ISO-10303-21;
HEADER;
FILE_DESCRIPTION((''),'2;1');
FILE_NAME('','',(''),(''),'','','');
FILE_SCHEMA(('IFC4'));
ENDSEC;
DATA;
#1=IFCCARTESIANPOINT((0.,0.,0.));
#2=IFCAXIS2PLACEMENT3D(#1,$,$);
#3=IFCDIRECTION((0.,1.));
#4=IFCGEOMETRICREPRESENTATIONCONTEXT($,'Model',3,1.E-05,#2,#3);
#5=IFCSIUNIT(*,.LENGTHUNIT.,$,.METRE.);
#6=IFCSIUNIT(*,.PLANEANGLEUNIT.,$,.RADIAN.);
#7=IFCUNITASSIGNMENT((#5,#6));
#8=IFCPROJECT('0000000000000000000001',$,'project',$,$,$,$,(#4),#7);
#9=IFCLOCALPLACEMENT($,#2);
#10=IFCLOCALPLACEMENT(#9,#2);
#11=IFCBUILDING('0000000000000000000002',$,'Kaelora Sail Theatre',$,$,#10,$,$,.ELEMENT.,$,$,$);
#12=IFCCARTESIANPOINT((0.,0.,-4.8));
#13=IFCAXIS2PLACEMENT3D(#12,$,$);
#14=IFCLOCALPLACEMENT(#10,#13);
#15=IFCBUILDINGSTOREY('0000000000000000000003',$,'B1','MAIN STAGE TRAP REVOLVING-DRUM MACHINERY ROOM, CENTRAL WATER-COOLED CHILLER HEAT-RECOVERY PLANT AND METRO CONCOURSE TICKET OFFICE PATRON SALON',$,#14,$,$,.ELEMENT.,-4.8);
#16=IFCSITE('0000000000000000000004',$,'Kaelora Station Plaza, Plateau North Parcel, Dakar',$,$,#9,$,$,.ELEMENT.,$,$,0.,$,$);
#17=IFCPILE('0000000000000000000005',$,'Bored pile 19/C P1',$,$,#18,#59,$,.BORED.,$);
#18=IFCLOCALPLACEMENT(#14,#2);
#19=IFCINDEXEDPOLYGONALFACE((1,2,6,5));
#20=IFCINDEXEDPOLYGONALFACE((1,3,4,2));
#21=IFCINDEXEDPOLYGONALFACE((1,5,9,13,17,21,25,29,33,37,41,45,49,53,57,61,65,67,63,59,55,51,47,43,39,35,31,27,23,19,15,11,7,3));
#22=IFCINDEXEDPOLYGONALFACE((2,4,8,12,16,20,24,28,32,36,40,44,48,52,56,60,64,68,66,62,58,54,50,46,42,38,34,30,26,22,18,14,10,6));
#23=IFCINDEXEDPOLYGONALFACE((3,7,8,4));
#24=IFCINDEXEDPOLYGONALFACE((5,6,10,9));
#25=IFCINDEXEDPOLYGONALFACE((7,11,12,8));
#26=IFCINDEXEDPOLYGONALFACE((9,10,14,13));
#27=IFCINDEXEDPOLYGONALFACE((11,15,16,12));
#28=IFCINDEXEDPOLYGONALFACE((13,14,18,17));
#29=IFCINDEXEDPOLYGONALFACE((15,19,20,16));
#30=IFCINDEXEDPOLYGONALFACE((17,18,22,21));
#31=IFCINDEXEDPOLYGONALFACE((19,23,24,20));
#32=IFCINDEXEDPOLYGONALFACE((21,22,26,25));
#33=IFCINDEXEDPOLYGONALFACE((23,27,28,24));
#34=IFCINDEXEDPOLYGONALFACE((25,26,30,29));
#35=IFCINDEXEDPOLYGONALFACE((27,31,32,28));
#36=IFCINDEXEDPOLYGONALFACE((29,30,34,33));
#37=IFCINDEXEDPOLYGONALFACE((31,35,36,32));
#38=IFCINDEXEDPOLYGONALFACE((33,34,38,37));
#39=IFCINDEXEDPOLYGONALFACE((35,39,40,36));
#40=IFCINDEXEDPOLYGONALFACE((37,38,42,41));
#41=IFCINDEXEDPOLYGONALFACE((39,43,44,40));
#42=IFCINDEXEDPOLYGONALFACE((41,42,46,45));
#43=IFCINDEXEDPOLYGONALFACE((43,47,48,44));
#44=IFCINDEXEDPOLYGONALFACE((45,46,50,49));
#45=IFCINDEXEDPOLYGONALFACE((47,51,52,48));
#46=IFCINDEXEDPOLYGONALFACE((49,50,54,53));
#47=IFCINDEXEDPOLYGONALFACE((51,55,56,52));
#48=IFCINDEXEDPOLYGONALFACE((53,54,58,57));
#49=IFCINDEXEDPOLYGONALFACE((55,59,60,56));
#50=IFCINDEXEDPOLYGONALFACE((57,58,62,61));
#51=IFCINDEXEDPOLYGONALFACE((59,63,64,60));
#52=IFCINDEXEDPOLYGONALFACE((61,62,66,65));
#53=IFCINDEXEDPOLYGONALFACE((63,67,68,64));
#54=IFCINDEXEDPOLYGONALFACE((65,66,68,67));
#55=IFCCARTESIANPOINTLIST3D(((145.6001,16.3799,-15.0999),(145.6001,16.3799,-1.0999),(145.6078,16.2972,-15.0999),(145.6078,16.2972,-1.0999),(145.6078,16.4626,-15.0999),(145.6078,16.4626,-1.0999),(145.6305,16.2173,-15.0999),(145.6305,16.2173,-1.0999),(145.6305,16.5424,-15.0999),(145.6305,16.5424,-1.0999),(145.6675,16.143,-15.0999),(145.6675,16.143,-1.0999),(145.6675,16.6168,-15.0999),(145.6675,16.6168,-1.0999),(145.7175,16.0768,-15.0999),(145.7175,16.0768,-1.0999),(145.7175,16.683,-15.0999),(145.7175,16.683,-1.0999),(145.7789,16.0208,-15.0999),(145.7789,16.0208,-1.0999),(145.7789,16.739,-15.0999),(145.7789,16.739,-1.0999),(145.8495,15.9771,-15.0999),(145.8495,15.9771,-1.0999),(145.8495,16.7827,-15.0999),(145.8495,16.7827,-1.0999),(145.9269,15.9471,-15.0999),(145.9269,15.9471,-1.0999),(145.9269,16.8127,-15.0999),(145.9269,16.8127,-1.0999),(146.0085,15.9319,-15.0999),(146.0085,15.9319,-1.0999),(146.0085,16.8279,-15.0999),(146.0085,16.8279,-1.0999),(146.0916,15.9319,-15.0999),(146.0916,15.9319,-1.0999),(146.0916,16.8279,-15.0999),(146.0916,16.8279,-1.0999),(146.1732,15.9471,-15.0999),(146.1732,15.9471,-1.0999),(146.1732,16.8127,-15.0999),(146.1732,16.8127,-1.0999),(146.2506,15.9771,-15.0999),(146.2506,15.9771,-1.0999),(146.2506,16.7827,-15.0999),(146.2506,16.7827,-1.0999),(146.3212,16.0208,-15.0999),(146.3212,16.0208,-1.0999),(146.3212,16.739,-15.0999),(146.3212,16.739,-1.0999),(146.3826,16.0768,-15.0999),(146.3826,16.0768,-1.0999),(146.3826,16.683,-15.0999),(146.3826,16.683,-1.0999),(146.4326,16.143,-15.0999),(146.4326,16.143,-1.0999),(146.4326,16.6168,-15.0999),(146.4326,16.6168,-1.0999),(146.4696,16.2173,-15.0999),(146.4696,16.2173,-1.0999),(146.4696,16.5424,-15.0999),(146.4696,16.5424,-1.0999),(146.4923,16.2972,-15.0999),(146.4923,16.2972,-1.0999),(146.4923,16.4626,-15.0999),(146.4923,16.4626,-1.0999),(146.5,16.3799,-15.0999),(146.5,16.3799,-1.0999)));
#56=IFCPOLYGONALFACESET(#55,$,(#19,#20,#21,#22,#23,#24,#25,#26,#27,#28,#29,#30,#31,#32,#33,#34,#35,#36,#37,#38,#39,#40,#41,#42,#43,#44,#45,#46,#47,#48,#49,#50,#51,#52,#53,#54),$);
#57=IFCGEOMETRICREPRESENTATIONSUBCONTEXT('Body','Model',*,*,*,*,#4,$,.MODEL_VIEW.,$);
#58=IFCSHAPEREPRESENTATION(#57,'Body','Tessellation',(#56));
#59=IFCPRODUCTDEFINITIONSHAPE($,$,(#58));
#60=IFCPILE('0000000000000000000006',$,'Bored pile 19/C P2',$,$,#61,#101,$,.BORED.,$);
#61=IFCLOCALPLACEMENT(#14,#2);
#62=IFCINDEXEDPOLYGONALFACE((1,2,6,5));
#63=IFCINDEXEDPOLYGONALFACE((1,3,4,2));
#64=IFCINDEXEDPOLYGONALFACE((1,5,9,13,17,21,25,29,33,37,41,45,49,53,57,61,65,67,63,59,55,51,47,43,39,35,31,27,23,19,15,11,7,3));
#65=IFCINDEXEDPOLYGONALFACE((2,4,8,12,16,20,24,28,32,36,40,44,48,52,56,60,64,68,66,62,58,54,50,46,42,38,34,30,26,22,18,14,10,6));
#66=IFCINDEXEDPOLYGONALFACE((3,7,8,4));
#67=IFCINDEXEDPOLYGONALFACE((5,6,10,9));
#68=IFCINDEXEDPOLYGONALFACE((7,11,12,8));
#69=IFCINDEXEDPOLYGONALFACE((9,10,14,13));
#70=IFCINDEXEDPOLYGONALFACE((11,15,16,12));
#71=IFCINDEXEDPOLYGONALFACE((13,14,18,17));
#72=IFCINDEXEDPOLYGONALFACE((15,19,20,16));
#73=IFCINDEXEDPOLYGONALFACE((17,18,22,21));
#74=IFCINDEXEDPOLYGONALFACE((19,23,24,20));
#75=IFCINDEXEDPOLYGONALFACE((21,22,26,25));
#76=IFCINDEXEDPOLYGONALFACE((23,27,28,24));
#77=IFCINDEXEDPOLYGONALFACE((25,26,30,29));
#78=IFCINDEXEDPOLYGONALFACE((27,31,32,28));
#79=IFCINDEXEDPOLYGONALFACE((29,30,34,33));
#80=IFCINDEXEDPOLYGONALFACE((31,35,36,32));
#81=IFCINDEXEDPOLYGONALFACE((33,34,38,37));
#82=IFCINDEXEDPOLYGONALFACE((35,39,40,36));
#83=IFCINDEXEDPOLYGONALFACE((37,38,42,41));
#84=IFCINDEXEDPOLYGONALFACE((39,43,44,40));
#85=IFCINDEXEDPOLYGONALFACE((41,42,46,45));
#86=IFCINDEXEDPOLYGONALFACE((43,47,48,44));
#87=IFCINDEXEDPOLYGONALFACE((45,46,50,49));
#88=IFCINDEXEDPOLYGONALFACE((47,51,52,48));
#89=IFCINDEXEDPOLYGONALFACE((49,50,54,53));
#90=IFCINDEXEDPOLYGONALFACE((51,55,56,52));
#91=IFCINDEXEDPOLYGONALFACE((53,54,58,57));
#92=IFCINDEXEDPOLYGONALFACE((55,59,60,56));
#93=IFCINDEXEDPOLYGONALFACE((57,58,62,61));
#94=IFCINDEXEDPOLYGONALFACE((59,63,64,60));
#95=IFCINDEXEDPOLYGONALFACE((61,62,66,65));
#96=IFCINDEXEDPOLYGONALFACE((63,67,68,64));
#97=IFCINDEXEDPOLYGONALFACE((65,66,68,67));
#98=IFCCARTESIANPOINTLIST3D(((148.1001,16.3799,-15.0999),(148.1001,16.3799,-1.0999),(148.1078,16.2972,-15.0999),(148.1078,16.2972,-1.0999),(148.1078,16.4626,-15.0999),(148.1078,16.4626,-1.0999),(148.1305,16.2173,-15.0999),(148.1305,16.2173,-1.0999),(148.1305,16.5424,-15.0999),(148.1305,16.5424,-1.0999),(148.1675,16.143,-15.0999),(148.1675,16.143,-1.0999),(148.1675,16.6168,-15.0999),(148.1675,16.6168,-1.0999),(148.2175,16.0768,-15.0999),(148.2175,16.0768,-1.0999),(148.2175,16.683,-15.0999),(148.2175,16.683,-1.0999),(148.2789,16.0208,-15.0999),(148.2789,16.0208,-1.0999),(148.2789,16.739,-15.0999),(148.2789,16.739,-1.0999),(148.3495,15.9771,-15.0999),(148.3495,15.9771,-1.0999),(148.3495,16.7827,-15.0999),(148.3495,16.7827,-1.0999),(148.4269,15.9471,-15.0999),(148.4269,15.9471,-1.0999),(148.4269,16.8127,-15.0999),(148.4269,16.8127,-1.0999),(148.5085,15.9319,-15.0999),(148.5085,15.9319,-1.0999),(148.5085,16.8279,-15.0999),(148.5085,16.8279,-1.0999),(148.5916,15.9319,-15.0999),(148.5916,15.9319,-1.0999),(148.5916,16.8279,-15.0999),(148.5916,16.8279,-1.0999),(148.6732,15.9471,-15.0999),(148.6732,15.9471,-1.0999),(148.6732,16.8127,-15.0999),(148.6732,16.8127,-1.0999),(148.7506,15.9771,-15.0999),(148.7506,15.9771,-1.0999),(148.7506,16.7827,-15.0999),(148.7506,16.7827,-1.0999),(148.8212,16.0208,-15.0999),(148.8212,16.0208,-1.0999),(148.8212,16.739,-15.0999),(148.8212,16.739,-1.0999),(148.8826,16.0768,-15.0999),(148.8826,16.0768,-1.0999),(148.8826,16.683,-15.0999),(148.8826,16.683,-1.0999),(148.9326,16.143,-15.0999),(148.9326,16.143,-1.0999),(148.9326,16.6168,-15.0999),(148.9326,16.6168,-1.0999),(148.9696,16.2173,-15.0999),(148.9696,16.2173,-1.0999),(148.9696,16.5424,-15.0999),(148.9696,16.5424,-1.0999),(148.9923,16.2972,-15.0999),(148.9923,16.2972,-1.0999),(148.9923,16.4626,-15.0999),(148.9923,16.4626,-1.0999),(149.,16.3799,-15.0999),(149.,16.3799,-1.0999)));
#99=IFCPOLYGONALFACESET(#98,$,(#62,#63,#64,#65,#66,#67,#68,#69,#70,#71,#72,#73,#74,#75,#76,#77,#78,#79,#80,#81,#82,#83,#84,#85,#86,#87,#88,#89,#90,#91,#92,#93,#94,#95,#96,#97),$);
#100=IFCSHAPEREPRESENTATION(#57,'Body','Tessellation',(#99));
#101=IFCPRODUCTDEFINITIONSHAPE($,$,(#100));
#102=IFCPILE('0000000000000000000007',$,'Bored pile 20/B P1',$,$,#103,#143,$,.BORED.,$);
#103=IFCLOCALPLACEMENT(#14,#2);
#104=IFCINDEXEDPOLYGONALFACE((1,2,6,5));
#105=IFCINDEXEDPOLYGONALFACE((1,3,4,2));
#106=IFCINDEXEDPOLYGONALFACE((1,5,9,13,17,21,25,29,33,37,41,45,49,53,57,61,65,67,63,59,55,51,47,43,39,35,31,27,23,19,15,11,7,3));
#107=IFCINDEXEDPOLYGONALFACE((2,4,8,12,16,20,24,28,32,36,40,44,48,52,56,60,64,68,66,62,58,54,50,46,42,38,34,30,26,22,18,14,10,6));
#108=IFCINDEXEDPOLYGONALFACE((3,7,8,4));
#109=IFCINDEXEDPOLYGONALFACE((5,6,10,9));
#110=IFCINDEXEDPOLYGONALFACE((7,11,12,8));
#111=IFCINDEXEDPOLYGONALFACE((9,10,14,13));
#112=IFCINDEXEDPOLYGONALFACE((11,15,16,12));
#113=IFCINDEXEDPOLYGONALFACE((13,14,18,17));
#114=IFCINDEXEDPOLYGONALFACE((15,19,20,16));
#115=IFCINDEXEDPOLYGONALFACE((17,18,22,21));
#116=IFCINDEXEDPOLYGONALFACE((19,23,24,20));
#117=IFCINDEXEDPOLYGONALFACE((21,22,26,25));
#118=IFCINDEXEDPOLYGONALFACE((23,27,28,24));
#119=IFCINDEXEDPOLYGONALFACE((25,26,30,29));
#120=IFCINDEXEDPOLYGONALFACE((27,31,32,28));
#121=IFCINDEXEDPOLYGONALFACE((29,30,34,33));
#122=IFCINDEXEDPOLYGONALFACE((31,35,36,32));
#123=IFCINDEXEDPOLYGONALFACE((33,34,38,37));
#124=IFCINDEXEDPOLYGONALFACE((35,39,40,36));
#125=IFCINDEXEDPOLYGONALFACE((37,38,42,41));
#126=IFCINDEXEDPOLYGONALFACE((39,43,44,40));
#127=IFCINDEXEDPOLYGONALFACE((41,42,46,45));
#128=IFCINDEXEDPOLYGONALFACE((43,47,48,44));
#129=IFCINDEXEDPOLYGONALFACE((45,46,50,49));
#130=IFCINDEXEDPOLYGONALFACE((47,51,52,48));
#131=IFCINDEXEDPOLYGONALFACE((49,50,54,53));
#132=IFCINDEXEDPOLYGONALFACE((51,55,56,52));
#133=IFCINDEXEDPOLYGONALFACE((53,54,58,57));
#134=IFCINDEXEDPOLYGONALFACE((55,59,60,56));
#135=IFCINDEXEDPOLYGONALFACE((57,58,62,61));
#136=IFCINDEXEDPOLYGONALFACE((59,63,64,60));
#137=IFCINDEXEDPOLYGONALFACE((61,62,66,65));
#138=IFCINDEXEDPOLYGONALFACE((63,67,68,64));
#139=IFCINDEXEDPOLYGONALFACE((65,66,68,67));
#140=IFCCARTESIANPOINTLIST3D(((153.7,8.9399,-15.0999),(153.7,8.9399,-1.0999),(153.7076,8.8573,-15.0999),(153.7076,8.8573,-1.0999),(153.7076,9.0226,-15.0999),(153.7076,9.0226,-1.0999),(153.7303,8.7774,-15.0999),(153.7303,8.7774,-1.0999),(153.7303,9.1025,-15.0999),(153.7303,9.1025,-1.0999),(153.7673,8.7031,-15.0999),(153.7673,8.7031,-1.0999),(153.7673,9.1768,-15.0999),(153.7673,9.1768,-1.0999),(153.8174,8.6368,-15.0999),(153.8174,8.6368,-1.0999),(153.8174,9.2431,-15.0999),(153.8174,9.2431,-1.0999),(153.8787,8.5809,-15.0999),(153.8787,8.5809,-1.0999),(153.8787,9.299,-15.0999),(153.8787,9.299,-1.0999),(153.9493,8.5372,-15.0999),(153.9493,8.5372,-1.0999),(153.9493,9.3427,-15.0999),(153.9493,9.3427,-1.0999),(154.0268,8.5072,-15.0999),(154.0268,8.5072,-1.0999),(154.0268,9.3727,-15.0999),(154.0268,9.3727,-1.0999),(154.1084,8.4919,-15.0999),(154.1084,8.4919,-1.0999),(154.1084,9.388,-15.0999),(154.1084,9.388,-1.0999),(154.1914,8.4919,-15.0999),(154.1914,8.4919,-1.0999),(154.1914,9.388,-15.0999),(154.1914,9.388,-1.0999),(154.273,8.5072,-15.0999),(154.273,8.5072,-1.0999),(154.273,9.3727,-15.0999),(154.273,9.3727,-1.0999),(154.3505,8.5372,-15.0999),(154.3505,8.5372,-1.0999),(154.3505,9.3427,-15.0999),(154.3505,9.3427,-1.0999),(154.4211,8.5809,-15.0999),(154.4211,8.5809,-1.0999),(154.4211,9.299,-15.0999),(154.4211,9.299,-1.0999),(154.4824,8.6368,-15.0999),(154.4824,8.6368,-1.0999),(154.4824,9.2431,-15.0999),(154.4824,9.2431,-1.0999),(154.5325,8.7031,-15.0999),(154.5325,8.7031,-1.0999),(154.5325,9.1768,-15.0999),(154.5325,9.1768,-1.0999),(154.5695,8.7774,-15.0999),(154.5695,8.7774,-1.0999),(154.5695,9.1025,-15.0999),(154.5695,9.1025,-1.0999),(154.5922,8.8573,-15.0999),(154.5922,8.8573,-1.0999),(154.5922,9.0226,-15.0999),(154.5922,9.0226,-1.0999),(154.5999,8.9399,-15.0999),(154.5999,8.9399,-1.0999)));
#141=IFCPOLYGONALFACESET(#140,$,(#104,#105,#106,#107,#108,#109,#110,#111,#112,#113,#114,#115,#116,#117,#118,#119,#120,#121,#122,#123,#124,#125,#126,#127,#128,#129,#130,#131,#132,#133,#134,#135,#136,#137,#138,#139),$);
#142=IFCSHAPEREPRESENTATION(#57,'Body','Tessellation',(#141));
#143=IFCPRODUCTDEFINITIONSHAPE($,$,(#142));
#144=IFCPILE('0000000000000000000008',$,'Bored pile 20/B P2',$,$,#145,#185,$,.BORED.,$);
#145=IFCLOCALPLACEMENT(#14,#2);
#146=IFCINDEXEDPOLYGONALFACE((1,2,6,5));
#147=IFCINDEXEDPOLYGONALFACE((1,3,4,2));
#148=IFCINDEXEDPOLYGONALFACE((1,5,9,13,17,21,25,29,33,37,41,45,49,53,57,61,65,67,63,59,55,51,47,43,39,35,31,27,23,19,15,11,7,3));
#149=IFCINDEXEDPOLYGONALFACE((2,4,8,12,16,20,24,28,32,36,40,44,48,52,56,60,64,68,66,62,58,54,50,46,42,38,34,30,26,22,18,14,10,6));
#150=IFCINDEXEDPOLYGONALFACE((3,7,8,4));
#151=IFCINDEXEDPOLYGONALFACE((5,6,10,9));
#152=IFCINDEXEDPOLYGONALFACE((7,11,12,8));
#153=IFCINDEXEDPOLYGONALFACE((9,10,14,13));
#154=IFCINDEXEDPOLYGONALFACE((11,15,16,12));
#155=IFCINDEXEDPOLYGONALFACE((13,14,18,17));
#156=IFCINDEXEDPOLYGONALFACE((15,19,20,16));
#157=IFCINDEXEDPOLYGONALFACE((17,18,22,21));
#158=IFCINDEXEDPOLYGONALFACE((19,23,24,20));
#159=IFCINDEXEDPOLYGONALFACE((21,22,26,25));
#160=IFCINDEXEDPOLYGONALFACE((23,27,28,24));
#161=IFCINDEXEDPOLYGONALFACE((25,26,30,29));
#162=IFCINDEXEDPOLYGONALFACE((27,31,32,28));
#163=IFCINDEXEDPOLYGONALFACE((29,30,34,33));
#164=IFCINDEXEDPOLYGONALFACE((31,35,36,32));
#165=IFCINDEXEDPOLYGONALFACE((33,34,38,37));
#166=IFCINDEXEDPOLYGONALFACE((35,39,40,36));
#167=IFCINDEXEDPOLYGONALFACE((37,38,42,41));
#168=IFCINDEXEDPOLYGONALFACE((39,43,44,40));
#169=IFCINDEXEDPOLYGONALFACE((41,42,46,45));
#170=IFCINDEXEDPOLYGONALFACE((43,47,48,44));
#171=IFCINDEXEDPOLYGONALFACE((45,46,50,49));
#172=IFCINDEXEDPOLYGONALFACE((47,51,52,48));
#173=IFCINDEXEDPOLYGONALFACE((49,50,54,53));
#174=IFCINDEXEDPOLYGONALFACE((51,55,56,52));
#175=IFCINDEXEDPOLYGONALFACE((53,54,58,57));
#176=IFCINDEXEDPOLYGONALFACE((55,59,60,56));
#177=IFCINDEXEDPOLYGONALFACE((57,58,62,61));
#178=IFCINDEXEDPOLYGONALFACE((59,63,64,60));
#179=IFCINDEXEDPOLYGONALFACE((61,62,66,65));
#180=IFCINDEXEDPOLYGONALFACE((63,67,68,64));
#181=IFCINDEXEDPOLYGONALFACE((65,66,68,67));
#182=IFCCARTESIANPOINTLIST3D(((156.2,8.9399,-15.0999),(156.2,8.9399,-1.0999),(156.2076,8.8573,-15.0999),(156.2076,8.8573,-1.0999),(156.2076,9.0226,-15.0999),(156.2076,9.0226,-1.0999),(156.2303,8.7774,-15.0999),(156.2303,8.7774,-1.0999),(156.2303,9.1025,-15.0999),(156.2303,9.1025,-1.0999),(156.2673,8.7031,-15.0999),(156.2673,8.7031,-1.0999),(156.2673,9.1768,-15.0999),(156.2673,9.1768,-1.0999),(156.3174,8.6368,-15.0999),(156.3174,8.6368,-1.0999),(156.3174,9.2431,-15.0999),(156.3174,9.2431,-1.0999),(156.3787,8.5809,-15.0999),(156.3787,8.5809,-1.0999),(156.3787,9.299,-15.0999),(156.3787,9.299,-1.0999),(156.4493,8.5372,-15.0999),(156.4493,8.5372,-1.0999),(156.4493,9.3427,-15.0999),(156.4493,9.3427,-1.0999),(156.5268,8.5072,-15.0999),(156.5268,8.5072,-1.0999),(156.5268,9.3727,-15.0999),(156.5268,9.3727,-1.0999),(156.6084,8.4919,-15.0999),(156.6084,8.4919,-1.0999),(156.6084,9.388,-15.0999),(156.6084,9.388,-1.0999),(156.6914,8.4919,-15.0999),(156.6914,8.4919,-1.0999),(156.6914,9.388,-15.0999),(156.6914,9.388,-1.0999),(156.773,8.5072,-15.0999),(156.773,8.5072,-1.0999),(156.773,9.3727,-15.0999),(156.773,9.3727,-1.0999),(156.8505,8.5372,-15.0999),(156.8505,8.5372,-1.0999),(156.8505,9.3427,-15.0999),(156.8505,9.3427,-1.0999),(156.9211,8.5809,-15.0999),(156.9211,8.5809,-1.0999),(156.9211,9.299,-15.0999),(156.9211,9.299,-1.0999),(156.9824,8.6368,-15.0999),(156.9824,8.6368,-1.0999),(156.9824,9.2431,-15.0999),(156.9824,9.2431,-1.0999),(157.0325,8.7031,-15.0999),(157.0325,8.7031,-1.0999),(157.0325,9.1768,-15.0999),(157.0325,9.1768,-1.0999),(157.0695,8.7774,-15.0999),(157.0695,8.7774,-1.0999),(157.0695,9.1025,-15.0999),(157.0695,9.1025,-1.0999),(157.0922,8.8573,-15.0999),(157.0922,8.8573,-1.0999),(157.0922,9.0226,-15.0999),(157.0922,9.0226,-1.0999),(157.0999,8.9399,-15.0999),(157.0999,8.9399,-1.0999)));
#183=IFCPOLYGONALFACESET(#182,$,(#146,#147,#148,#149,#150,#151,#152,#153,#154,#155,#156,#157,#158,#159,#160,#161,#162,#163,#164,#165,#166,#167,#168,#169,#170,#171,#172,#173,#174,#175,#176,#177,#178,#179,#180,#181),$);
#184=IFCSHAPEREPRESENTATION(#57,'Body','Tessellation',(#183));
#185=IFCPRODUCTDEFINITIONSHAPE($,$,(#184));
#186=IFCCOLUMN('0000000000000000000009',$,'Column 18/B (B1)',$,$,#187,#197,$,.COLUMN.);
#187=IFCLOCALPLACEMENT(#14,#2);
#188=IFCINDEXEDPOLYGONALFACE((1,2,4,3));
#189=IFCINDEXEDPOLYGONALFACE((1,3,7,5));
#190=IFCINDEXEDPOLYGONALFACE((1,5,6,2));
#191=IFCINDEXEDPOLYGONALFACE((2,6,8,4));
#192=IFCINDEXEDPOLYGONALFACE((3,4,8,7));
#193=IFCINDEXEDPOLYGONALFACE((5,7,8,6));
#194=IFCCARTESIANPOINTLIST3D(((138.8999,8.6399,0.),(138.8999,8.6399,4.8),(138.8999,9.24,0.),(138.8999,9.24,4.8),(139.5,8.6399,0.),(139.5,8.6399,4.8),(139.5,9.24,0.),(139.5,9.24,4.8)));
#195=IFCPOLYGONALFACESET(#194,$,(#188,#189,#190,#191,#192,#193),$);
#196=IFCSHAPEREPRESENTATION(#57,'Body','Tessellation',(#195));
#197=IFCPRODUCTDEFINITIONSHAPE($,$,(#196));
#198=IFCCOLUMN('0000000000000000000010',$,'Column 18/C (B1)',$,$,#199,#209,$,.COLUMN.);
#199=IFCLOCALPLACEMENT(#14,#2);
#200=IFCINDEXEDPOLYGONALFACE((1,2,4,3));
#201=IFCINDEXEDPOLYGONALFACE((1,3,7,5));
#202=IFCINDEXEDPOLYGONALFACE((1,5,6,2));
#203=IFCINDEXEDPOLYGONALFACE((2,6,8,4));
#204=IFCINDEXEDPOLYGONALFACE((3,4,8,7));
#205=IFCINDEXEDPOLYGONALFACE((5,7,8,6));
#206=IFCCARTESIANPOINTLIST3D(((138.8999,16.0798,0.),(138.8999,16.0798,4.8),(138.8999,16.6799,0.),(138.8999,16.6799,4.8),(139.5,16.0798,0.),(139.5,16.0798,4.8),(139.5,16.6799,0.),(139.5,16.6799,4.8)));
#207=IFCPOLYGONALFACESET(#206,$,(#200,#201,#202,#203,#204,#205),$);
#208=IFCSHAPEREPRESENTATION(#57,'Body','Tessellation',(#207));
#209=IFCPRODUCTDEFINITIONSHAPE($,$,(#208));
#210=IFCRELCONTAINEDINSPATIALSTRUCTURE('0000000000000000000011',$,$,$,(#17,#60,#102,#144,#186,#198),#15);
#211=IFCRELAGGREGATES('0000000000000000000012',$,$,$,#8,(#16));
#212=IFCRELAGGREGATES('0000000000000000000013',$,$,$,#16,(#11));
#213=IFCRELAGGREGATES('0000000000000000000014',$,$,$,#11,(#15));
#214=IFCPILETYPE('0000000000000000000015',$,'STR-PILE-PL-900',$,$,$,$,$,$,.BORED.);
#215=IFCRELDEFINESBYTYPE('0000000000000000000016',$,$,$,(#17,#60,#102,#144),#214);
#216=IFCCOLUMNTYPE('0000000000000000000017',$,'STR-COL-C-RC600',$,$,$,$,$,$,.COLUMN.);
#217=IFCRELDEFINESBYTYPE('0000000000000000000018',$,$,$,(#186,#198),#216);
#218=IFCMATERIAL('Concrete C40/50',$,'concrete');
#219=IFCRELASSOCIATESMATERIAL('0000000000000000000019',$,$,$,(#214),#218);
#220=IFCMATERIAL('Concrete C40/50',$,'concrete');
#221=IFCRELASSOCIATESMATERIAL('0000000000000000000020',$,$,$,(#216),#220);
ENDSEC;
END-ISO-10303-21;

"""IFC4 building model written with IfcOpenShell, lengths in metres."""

from ifc_helpers import new_model, si_unit, direction, frame, origin, origin_2d, place, context, subcontext, project, spatial, rectangle, circle, extrude, material, material_profile, profile_set, type_object, element, save


model = new_model("IFC4")

# Units and contexts
model_context = context("Model", 3, precision=1e-05, world=origin(), true_north=direction((0.0, 1.0)))
body_context = subcontext(model_context, "Body", "Model", "MODEL_VIEW")
ifc_project = project(units=[si_unit("LENGTHUNIT", "METRE"), si_unit("PLANEANGLEUNIT", "RADIAN")], contexts=[model_context])

# Site, building, storey
site_placement = place(None, origin())
site = spatial("IfcSite", under=ifc_project, at=site_placement, Name="Kaelora Station Plaza, Plateau North Parcel, Dakar", CompositionType="ELEMENT", RefElevation=0.0)
building_placement = place(site_placement, origin())
building = spatial("IfcBuilding", under=site, at=building_placement, Name="Kaelora Sail Theatre", CompositionType="ELEMENT")
storey_placement = place(building_placement, frame((0.0, 0.0, -4.8)))
storey = spatial("IfcBuildingStorey", under=building, at=storey_placement, Name="B1", Description="MAIN STAGE TRAP REVOLVING-DRUM MACHINERY ROOM, CENTRAL WATER-COOLED CHILLER HEAT-RECOVERY PLANT AND METRO CONCOURSE TICKET OFFICE PATRON SALON", CompositionType="ELEMENT", Elevation=-4.8)

# Piles
ifc_material_1 = material(Name="Concrete C40/50", Category="concrete")
ifc_material_profile_1 = material_profile(ifc_material_1, circle(Radius=0.45, at=origin_2d()), Name="PILE D900")
ifc_profile_set_1 = profile_set([ifc_material_profile_1], Name="Concrete C40/50")
pile_type = type_object("IfcPileType", Name="STR-PILE-PL-900", PredefinedType="BORED", material=ifc_profile_set_1)
for number, where, z_axis, x_axis, name in (
    (1, (146.05, 16.3799, -1.0999), (0.0, 0.0, -1.0), (1.0, 0.0, 0.0), "Bored pile 19/C P1"),
    (2, (148.55, 16.3799, -1.0999), (0.0, 0.0, -1.0), (1.0, 0.0, 0.0), "Bored pile 19/C P2"),
    (3, (154.1499, 8.9399, -1.0999), (0.0, 0.0, -1.0), (1.0, 0.0, 0.0), "Bored pile 20/B P1"),
    (4, (156.6499, 8.9399, -1.0999), (0.0, 0.0, -1.0), (1.0, 0.0, 0.0), "Bored pile 20/B P2"),
):
    element("IfcPile", number, at=place(storey_placement, frame(where, z_axis=z_axis, x_axis=x_axis)), inside=storey, type_object=pile_type, Name=name, PredefinedType="BORED", context=body_context, shape_type="SweptSolid", body=[
        extrude(circle(Radius=0.45, at=origin_2d()), origin(), (0.0, 0.0, 1.0), 14.0),
    ])

# Columns
ifc_material_2 = material(Name="Concrete C40/50", Category="concrete")
ifc_material_profile_2 = material_profile(ifc_material_2, rectangle(XDim=0.6001, YDim=0.6001, at=origin_2d()), Name="RC-COL 600x600")
ifc_profile_set_2 = profile_set([ifc_material_profile_2], Name="Concrete C40/50")
column_type = type_object("IfcColumnType", Name="STR-COL-C-RC600", PredefinedType="COLUMN", material=ifc_profile_set_2)
for number, where, z_axis, x_axis, name in (
    (5, (139.2, 8.9399, 0.0), (0.0, 0.0, 1.0), (1.0, 0.0, 0.0), "Column 18/B (B1)"),
    (6, (139.2, 16.3799, 0.0), (0.0, 0.0, 1.0), (1.0, 0.0, 0.0), "Column 18/C (B1)"),
):
    element("IfcColumn", number, at=place(storey_placement, frame(where, z_axis=z_axis, x_axis=x_axis)), inside=storey, type_object=column_type, Name=name, PredefinedType="COLUMN", context=body_context, shape_type="SweptSolid", body=[
        extrude(rectangle(XDim=0.6001, YDim=0.6001, at=origin_2d()), origin(), (0.0, 0.0, 1.0), 4.8),
    ])

save(model, "model.ifc")
